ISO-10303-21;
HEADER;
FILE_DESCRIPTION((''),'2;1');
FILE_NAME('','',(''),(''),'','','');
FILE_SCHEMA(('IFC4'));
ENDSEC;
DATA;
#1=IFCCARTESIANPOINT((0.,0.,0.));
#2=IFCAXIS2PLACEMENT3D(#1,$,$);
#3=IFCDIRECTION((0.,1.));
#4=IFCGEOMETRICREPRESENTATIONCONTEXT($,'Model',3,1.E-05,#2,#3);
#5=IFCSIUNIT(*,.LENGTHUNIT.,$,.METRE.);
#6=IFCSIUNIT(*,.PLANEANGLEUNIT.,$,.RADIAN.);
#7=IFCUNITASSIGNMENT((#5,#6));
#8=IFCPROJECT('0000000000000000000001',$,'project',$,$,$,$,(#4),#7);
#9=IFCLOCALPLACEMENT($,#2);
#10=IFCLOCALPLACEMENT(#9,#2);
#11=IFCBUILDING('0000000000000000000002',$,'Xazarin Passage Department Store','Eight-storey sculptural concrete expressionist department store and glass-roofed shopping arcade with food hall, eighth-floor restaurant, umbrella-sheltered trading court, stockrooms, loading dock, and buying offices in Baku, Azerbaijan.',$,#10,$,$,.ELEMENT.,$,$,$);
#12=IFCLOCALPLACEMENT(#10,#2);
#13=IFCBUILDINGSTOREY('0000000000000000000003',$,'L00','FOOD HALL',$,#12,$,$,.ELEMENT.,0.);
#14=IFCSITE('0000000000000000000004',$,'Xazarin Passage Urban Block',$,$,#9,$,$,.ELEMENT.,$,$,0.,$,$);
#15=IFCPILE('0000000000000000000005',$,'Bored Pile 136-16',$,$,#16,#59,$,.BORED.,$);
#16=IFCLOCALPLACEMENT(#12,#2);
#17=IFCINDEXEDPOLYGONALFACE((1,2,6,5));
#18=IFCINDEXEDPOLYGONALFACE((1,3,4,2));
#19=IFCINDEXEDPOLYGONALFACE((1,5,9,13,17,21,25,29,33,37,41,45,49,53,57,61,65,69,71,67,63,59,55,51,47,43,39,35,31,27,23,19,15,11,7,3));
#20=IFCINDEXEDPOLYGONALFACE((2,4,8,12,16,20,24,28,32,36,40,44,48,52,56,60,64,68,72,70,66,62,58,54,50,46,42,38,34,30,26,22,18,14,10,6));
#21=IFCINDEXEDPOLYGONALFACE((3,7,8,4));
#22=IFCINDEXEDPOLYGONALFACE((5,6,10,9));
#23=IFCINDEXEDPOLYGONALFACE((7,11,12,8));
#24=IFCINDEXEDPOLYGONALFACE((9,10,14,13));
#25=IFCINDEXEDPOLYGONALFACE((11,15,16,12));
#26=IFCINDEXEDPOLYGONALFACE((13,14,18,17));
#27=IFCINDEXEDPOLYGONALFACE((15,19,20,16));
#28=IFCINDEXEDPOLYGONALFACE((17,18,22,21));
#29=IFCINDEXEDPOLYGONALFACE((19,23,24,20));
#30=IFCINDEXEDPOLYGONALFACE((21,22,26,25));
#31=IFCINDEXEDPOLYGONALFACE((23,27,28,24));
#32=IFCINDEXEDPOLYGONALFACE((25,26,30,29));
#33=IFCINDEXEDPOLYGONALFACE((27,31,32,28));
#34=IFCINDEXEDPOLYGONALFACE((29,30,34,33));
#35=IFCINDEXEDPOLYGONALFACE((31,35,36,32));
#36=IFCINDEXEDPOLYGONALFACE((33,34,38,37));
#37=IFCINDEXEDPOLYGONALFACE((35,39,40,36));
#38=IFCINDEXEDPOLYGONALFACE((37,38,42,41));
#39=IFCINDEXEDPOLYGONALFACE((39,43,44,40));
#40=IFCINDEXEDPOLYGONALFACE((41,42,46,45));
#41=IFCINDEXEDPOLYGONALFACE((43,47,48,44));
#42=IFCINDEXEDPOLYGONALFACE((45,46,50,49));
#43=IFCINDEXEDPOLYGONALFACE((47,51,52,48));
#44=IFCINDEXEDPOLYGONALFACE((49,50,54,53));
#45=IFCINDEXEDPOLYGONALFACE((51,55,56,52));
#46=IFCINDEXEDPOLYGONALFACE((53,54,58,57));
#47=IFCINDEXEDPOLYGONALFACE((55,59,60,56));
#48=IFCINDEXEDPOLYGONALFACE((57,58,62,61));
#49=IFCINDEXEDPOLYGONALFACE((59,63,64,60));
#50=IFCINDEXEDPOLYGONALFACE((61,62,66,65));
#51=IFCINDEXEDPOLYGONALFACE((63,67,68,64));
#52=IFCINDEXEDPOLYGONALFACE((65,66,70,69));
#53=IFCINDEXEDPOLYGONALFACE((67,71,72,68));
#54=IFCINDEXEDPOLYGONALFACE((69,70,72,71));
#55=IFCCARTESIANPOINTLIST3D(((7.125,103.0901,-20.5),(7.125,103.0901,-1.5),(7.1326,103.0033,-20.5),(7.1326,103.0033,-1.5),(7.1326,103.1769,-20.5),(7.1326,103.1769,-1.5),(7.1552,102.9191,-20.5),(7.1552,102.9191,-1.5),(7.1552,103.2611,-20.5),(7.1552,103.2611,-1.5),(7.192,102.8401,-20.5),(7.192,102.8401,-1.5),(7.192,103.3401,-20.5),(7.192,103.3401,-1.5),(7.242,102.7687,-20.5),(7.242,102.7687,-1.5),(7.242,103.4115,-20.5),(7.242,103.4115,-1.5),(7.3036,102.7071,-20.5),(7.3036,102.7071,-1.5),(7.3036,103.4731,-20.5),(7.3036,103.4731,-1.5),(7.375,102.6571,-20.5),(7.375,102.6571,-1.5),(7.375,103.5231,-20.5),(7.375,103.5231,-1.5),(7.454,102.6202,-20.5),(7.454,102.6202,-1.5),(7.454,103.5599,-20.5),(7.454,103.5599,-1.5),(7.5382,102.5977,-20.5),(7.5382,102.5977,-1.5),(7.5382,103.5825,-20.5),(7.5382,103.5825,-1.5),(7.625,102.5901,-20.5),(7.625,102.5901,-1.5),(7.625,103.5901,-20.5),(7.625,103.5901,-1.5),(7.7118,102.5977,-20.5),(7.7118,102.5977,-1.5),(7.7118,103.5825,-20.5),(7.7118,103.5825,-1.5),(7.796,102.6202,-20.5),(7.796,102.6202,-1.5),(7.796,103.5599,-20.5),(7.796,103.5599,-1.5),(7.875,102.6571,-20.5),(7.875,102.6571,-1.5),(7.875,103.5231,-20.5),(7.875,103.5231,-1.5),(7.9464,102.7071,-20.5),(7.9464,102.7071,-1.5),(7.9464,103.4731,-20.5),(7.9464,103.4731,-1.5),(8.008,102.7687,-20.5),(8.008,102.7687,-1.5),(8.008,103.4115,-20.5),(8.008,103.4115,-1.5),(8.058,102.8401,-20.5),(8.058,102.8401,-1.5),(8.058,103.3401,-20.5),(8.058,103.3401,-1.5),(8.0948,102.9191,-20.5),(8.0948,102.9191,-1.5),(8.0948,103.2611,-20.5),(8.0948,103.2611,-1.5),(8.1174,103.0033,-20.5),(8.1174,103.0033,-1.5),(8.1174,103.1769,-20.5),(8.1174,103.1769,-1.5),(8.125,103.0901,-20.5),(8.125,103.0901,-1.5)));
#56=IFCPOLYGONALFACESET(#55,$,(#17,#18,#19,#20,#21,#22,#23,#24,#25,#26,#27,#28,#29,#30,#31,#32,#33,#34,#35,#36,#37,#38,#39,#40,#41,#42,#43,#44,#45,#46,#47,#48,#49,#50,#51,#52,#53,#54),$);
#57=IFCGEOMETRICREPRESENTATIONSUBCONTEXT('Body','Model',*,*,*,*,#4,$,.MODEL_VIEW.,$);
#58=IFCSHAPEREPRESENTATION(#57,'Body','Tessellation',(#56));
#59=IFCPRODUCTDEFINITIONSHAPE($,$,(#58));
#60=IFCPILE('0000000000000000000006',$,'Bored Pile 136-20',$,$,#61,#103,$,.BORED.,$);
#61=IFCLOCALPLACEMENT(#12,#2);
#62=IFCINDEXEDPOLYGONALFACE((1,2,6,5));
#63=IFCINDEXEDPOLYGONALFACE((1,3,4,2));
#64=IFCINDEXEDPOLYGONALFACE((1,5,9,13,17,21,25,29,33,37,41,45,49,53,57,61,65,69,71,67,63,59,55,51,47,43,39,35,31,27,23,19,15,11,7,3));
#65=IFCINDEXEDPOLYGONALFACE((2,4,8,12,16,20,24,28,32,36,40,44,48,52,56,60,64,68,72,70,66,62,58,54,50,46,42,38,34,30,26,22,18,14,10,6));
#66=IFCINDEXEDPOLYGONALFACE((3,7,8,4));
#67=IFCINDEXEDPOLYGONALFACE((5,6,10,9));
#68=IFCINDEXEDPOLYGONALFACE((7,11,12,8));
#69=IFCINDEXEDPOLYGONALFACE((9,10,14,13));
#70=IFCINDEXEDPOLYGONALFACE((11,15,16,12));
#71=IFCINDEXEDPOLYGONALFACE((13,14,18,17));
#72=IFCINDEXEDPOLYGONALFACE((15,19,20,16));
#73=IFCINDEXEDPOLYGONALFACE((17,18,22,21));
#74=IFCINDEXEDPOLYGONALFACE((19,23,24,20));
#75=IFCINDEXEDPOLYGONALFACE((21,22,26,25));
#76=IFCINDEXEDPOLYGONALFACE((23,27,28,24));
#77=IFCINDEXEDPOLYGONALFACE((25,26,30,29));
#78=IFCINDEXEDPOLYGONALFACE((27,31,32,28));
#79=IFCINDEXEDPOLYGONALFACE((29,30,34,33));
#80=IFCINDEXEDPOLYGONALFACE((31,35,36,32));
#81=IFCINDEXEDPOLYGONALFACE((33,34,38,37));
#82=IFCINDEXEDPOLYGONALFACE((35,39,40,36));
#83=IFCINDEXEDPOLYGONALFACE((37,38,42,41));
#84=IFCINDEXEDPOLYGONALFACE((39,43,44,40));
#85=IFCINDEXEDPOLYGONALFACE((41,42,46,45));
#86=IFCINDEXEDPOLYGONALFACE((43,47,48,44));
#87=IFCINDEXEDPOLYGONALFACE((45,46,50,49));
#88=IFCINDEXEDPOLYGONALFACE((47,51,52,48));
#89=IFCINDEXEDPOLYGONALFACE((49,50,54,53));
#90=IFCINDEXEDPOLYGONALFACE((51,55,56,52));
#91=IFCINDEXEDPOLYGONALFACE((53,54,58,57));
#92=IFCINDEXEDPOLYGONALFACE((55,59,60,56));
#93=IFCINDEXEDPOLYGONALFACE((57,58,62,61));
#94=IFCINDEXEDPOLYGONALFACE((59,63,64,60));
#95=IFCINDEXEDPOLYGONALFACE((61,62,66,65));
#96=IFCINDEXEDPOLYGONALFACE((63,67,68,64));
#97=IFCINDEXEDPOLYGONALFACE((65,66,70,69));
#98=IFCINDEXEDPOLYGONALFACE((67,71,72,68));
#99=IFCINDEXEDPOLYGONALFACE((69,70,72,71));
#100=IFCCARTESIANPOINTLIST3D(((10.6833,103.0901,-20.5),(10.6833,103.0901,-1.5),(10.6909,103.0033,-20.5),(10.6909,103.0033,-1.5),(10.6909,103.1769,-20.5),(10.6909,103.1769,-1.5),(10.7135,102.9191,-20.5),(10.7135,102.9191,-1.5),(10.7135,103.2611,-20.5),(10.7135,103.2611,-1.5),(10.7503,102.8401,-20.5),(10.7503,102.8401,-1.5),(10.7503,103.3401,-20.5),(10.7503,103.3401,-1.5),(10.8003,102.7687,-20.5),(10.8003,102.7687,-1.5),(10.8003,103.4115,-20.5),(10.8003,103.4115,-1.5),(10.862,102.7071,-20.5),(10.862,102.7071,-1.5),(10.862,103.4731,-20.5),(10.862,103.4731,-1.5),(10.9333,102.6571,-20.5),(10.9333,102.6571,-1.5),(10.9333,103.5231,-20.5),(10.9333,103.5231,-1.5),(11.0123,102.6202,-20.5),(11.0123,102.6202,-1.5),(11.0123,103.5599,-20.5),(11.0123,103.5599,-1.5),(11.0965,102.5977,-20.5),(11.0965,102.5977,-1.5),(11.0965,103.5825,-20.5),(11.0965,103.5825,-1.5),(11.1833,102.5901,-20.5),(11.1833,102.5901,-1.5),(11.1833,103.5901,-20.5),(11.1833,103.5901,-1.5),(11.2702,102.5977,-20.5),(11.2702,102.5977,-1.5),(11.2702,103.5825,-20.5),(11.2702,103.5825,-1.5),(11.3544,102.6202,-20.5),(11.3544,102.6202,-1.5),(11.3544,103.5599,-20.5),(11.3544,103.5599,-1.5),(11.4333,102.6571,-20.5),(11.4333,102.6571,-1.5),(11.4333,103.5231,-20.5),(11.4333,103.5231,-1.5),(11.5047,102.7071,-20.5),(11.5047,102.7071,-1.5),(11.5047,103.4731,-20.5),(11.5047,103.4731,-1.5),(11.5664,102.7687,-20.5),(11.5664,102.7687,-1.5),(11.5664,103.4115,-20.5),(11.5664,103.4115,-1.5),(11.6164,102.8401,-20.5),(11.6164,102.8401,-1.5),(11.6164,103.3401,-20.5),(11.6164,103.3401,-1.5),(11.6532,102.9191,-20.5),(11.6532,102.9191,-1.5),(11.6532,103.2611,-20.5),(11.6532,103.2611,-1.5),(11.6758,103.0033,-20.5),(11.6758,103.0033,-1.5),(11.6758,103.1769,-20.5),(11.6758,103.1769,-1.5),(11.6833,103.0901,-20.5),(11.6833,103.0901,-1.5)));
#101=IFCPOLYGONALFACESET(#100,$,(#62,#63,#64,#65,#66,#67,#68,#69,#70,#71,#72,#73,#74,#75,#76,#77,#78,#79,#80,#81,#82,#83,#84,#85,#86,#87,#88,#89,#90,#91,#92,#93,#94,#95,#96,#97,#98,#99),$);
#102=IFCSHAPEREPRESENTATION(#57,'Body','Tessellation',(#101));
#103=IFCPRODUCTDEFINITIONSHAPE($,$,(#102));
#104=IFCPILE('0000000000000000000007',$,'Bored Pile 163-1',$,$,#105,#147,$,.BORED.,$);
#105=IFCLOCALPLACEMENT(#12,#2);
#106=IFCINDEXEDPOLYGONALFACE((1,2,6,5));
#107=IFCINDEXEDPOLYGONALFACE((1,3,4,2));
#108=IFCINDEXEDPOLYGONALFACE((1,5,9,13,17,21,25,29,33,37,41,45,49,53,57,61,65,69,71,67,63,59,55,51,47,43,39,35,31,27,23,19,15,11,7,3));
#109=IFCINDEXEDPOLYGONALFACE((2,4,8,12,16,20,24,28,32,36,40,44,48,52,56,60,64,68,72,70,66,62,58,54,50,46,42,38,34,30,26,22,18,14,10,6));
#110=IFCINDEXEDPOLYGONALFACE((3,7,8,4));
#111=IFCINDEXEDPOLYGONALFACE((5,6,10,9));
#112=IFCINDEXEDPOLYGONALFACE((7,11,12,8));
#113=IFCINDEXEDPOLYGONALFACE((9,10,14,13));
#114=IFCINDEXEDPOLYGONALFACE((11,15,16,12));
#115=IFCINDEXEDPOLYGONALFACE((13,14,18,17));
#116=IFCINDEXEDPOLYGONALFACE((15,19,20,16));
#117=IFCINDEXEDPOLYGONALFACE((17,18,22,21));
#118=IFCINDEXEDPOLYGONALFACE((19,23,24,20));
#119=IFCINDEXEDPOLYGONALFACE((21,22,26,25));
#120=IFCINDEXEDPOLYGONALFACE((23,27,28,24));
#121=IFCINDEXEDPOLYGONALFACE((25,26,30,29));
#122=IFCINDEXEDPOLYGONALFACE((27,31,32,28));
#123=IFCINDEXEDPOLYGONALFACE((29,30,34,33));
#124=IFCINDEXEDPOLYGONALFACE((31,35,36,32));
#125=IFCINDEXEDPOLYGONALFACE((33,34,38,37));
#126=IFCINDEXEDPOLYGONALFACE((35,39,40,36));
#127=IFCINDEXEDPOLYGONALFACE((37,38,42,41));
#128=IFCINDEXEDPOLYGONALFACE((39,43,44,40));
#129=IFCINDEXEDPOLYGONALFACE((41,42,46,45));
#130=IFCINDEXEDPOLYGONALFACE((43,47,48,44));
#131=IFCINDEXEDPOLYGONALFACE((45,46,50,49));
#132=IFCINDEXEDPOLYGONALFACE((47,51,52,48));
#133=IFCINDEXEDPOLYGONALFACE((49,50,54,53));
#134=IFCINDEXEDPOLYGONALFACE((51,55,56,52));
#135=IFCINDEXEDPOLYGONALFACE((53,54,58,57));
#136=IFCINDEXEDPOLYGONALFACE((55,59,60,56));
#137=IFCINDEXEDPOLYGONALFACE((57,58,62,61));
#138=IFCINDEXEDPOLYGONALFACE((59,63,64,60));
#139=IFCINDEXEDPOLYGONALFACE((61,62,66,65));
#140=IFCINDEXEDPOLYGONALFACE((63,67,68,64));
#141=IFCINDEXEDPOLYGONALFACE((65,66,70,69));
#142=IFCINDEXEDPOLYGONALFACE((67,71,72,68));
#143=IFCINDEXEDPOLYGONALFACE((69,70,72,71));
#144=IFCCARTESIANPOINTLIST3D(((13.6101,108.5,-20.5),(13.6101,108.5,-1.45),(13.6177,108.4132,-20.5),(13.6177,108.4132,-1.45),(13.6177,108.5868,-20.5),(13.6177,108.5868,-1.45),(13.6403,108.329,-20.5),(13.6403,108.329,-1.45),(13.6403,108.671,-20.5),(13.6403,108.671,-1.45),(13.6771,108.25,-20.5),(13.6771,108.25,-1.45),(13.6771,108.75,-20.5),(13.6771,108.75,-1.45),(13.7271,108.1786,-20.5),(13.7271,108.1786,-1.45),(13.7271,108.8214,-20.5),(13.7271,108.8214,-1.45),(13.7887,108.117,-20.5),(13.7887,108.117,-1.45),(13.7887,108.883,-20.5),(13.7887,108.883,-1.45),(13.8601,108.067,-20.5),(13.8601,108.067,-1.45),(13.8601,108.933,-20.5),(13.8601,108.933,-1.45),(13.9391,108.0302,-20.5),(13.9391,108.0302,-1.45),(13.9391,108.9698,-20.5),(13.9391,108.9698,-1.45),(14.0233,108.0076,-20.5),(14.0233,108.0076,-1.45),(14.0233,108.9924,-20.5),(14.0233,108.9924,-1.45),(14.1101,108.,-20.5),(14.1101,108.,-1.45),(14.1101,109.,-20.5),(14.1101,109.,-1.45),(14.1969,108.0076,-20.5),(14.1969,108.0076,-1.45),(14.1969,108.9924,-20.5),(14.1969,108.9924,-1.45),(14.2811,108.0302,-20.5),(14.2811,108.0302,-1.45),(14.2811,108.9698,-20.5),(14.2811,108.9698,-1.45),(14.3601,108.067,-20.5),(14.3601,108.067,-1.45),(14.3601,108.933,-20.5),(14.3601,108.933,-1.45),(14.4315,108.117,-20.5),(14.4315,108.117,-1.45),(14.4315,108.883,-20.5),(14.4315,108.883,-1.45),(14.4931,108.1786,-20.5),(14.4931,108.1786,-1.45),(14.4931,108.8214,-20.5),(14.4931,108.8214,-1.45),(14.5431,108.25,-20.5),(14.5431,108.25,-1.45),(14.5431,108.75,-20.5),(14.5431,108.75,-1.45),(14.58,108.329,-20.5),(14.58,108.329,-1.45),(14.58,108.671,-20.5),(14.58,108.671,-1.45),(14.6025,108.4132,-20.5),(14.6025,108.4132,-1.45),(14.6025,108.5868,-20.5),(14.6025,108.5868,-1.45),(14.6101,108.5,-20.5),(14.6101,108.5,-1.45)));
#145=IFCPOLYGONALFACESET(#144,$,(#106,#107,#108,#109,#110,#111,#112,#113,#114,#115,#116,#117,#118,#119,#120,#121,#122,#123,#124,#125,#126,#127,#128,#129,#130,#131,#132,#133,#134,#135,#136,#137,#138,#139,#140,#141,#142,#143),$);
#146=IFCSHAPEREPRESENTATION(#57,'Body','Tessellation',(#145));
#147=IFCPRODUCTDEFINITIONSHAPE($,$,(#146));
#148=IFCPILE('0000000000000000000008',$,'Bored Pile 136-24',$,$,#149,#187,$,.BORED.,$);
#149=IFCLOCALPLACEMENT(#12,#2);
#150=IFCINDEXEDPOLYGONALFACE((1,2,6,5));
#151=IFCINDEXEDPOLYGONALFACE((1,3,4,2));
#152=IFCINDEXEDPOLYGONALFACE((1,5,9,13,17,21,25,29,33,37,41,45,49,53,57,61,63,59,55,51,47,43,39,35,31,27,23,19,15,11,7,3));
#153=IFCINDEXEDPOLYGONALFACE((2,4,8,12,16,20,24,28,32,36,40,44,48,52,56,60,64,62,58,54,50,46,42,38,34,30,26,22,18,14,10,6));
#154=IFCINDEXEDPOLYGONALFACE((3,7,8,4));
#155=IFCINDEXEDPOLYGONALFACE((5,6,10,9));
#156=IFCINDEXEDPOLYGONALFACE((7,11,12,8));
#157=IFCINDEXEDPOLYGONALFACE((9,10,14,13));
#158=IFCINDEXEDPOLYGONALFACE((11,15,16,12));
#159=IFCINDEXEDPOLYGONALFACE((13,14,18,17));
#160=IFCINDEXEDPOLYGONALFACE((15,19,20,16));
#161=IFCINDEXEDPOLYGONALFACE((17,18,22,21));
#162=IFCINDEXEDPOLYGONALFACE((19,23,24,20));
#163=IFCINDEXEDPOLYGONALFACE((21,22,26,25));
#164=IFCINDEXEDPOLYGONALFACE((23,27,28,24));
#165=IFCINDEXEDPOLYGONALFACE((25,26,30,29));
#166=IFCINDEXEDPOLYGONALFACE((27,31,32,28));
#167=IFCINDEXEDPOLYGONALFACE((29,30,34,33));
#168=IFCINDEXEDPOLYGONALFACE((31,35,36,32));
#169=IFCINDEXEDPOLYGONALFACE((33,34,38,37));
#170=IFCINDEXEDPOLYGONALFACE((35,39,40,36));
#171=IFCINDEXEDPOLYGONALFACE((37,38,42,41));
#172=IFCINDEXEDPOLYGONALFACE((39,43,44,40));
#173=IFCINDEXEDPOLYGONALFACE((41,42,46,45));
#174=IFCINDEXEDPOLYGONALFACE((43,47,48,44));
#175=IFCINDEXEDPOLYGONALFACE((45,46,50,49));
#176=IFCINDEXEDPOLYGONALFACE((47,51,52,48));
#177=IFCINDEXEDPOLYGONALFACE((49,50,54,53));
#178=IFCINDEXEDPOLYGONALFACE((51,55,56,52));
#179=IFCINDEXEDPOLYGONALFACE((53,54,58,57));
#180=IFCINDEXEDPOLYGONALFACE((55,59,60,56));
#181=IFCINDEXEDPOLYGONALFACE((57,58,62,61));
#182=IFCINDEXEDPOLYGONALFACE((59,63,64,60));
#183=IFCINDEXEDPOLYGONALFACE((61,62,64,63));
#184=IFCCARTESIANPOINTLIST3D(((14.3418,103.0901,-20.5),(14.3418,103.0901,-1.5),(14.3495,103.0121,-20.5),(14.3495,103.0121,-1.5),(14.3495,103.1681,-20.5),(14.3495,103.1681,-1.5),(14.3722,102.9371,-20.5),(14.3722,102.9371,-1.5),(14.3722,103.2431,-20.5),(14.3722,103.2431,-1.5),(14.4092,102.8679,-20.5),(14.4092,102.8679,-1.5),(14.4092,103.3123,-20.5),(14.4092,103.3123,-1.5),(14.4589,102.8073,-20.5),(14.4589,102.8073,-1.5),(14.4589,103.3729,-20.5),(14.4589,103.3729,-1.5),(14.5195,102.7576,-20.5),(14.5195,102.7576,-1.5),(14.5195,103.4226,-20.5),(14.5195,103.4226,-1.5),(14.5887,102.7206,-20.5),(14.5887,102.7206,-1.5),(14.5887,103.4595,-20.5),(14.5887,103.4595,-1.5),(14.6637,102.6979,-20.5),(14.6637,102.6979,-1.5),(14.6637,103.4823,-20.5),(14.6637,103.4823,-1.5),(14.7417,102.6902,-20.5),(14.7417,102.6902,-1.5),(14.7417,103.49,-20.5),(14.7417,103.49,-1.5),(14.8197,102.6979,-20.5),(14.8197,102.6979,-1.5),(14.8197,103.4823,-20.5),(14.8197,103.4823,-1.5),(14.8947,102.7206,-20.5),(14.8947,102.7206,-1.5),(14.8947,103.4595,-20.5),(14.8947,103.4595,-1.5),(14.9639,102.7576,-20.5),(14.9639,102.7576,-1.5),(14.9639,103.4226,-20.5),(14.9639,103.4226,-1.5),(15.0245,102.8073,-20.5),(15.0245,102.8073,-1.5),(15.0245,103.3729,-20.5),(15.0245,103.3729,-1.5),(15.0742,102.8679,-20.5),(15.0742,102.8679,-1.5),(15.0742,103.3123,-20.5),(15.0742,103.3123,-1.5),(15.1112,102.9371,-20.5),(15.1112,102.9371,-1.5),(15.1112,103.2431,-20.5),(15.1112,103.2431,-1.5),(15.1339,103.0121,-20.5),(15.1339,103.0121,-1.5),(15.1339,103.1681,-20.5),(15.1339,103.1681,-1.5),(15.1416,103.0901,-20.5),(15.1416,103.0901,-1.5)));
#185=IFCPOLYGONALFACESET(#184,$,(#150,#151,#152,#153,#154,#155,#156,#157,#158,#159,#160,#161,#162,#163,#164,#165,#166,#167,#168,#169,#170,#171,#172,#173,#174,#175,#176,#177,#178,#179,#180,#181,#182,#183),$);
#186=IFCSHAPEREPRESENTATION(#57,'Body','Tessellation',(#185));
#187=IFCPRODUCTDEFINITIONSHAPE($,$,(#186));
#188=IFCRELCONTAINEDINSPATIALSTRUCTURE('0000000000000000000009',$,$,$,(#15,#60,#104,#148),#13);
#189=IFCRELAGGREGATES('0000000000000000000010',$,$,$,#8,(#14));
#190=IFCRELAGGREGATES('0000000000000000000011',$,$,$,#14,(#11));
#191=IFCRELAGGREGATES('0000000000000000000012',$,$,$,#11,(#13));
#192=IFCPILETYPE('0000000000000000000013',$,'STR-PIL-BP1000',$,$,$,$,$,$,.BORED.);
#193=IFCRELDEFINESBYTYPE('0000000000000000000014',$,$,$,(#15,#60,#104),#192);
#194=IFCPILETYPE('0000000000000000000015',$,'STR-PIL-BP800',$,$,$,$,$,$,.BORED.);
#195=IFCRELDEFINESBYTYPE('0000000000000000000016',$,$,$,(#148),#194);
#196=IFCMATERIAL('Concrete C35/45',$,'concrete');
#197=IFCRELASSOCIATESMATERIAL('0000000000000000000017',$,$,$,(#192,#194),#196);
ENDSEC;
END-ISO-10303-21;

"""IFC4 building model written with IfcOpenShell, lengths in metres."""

from ifc_helpers import new_model, si_unit, direction, frame, origin, origin_2d, place, context, subcontext, project, spatial, circle, extrude, material, material_profile, profile_set, type_object, element, save


model = new_model("IFC4")

# Units and contexts
model_context = context("Model", 3, precision=1e-05, world=origin(), true_north=direction((0.0, 1.0)))
body_context = subcontext(model_context, "Body", "Model", "MODEL_VIEW")
ifc_project = project(units=[si_unit("LENGTHUNIT", "METRE"), si_unit("PLANEANGLEUNIT", "RADIAN")], contexts=[model_context])

# Site, building, storey
site_placement = place(None, origin())
site = spatial("IfcSite", under=ifc_project, at=site_placement, Name="Xazarin Passage Urban Block", CompositionType="ELEMENT", RefElevation=0.0)
building_placement = place(site_placement, origin())
building = spatial("IfcBuilding", under=site, at=building_placement, Name="Xazarin Passage Department Store", Description="Eight-storey sculptural concrete expressionist department store and glass-roofed shopping arcade with food hall, eighth-floor restaurant, umbrella-sheltered trading court, stockrooms, loading dock, and buying offices in Baku, Azerbaijan.", CompositionType="ELEMENT")
storey_placement = place(building_placement, origin())
storey = spatial("IfcBuildingStorey", under=building, at=storey_placement, Name="L00", Description="FOOD HALL", CompositionType="ELEMENT", Elevation=0.0)

# Piles
ifc_material_1 = material(Name="Concrete C35/45", Category="concrete")
ifc_material_profile_1 = material_profile(ifc_material_1, circle(Radius=0.5, at=origin_2d()), Name="BP 1000")
ifc_profile_set_1 = profile_set([ifc_material_profile_1], Name="Concrete C35/45")
pile_type_1 = type_object("IfcPileType", Name="STR-PIL-BP1000", PredefinedType="BORED", material=ifc_profile_set_1)
for number, where, z_axis, x_axis, name in (
    (1, (7.625, 103.0901, -1.5), (0.0, 0.0, -1.0), (1.0, 0.0, 0.0), "Bored Pile 136-16"),
    (2, (11.1833, 103.0901, -1.5), (0.0, 0.0, -1.0), (1.0, 0.0, 0.0), "Bored Pile 136-20"),
):
    element("IfcPile", number, at=place(storey_placement, frame(where, z_axis=z_axis, x_axis=x_axis)), inside=storey, type_object=pile_type_1, Name=name, PredefinedType="BORED", context=body_context, shape_type="SweptSolid", body=[
        extrude(circle(Radius=0.5, at=origin_2d()), origin(), (0.0, 0.0, 1.0), 19.0),
    ])
pile_1_placement = place(storey_placement, frame((14.1101, 108.5, -1.45), z_axis=(0.0, 0.0, -1.0), x_axis=(1.0, 0.0, 0.0)))
element("IfcPile", 3, at=pile_1_placement, inside=storey, type_object=pile_type_1, Name="Bored Pile 163-1", PredefinedType="BORED", context=body_context, shape_type="SweptSolid", body=[
    extrude(circle(Radius=0.5, at=origin_2d()), origin(), (0.0, 0.0, 1.0), 19.05),
])
ifc_material_profile_2 = material_profile(ifc_material_1, circle(Radius=0.3999, at=origin_2d()), Name="BP 800")
ifc_profile_set_2 = profile_set([ifc_material_profile_2], Name="Concrete C35/45")
pile_type_2 = type_object("IfcPileType", Name="STR-PIL-BP800", PredefinedType="BORED", material=ifc_profile_set_2)
pile_2_placement = place(storey_placement, frame((14.7417, 103.0901, -1.5), z_axis=(0.0, 0.0, -1.0), x_axis=(1.0, 0.0, 0.0)))
element("IfcPile", 4, at=pile_2_placement, inside=storey, type_object=pile_type_2, Name="Bored Pile 136-24", PredefinedType="BORED", context=body_context, shape_type="SweptSolid", body=[
    extrude(circle(Radius=0.3999, at=origin_2d()), origin(), (0.0, 0.0, 1.0), 19.0),
])

save(model, "model.ifc")
